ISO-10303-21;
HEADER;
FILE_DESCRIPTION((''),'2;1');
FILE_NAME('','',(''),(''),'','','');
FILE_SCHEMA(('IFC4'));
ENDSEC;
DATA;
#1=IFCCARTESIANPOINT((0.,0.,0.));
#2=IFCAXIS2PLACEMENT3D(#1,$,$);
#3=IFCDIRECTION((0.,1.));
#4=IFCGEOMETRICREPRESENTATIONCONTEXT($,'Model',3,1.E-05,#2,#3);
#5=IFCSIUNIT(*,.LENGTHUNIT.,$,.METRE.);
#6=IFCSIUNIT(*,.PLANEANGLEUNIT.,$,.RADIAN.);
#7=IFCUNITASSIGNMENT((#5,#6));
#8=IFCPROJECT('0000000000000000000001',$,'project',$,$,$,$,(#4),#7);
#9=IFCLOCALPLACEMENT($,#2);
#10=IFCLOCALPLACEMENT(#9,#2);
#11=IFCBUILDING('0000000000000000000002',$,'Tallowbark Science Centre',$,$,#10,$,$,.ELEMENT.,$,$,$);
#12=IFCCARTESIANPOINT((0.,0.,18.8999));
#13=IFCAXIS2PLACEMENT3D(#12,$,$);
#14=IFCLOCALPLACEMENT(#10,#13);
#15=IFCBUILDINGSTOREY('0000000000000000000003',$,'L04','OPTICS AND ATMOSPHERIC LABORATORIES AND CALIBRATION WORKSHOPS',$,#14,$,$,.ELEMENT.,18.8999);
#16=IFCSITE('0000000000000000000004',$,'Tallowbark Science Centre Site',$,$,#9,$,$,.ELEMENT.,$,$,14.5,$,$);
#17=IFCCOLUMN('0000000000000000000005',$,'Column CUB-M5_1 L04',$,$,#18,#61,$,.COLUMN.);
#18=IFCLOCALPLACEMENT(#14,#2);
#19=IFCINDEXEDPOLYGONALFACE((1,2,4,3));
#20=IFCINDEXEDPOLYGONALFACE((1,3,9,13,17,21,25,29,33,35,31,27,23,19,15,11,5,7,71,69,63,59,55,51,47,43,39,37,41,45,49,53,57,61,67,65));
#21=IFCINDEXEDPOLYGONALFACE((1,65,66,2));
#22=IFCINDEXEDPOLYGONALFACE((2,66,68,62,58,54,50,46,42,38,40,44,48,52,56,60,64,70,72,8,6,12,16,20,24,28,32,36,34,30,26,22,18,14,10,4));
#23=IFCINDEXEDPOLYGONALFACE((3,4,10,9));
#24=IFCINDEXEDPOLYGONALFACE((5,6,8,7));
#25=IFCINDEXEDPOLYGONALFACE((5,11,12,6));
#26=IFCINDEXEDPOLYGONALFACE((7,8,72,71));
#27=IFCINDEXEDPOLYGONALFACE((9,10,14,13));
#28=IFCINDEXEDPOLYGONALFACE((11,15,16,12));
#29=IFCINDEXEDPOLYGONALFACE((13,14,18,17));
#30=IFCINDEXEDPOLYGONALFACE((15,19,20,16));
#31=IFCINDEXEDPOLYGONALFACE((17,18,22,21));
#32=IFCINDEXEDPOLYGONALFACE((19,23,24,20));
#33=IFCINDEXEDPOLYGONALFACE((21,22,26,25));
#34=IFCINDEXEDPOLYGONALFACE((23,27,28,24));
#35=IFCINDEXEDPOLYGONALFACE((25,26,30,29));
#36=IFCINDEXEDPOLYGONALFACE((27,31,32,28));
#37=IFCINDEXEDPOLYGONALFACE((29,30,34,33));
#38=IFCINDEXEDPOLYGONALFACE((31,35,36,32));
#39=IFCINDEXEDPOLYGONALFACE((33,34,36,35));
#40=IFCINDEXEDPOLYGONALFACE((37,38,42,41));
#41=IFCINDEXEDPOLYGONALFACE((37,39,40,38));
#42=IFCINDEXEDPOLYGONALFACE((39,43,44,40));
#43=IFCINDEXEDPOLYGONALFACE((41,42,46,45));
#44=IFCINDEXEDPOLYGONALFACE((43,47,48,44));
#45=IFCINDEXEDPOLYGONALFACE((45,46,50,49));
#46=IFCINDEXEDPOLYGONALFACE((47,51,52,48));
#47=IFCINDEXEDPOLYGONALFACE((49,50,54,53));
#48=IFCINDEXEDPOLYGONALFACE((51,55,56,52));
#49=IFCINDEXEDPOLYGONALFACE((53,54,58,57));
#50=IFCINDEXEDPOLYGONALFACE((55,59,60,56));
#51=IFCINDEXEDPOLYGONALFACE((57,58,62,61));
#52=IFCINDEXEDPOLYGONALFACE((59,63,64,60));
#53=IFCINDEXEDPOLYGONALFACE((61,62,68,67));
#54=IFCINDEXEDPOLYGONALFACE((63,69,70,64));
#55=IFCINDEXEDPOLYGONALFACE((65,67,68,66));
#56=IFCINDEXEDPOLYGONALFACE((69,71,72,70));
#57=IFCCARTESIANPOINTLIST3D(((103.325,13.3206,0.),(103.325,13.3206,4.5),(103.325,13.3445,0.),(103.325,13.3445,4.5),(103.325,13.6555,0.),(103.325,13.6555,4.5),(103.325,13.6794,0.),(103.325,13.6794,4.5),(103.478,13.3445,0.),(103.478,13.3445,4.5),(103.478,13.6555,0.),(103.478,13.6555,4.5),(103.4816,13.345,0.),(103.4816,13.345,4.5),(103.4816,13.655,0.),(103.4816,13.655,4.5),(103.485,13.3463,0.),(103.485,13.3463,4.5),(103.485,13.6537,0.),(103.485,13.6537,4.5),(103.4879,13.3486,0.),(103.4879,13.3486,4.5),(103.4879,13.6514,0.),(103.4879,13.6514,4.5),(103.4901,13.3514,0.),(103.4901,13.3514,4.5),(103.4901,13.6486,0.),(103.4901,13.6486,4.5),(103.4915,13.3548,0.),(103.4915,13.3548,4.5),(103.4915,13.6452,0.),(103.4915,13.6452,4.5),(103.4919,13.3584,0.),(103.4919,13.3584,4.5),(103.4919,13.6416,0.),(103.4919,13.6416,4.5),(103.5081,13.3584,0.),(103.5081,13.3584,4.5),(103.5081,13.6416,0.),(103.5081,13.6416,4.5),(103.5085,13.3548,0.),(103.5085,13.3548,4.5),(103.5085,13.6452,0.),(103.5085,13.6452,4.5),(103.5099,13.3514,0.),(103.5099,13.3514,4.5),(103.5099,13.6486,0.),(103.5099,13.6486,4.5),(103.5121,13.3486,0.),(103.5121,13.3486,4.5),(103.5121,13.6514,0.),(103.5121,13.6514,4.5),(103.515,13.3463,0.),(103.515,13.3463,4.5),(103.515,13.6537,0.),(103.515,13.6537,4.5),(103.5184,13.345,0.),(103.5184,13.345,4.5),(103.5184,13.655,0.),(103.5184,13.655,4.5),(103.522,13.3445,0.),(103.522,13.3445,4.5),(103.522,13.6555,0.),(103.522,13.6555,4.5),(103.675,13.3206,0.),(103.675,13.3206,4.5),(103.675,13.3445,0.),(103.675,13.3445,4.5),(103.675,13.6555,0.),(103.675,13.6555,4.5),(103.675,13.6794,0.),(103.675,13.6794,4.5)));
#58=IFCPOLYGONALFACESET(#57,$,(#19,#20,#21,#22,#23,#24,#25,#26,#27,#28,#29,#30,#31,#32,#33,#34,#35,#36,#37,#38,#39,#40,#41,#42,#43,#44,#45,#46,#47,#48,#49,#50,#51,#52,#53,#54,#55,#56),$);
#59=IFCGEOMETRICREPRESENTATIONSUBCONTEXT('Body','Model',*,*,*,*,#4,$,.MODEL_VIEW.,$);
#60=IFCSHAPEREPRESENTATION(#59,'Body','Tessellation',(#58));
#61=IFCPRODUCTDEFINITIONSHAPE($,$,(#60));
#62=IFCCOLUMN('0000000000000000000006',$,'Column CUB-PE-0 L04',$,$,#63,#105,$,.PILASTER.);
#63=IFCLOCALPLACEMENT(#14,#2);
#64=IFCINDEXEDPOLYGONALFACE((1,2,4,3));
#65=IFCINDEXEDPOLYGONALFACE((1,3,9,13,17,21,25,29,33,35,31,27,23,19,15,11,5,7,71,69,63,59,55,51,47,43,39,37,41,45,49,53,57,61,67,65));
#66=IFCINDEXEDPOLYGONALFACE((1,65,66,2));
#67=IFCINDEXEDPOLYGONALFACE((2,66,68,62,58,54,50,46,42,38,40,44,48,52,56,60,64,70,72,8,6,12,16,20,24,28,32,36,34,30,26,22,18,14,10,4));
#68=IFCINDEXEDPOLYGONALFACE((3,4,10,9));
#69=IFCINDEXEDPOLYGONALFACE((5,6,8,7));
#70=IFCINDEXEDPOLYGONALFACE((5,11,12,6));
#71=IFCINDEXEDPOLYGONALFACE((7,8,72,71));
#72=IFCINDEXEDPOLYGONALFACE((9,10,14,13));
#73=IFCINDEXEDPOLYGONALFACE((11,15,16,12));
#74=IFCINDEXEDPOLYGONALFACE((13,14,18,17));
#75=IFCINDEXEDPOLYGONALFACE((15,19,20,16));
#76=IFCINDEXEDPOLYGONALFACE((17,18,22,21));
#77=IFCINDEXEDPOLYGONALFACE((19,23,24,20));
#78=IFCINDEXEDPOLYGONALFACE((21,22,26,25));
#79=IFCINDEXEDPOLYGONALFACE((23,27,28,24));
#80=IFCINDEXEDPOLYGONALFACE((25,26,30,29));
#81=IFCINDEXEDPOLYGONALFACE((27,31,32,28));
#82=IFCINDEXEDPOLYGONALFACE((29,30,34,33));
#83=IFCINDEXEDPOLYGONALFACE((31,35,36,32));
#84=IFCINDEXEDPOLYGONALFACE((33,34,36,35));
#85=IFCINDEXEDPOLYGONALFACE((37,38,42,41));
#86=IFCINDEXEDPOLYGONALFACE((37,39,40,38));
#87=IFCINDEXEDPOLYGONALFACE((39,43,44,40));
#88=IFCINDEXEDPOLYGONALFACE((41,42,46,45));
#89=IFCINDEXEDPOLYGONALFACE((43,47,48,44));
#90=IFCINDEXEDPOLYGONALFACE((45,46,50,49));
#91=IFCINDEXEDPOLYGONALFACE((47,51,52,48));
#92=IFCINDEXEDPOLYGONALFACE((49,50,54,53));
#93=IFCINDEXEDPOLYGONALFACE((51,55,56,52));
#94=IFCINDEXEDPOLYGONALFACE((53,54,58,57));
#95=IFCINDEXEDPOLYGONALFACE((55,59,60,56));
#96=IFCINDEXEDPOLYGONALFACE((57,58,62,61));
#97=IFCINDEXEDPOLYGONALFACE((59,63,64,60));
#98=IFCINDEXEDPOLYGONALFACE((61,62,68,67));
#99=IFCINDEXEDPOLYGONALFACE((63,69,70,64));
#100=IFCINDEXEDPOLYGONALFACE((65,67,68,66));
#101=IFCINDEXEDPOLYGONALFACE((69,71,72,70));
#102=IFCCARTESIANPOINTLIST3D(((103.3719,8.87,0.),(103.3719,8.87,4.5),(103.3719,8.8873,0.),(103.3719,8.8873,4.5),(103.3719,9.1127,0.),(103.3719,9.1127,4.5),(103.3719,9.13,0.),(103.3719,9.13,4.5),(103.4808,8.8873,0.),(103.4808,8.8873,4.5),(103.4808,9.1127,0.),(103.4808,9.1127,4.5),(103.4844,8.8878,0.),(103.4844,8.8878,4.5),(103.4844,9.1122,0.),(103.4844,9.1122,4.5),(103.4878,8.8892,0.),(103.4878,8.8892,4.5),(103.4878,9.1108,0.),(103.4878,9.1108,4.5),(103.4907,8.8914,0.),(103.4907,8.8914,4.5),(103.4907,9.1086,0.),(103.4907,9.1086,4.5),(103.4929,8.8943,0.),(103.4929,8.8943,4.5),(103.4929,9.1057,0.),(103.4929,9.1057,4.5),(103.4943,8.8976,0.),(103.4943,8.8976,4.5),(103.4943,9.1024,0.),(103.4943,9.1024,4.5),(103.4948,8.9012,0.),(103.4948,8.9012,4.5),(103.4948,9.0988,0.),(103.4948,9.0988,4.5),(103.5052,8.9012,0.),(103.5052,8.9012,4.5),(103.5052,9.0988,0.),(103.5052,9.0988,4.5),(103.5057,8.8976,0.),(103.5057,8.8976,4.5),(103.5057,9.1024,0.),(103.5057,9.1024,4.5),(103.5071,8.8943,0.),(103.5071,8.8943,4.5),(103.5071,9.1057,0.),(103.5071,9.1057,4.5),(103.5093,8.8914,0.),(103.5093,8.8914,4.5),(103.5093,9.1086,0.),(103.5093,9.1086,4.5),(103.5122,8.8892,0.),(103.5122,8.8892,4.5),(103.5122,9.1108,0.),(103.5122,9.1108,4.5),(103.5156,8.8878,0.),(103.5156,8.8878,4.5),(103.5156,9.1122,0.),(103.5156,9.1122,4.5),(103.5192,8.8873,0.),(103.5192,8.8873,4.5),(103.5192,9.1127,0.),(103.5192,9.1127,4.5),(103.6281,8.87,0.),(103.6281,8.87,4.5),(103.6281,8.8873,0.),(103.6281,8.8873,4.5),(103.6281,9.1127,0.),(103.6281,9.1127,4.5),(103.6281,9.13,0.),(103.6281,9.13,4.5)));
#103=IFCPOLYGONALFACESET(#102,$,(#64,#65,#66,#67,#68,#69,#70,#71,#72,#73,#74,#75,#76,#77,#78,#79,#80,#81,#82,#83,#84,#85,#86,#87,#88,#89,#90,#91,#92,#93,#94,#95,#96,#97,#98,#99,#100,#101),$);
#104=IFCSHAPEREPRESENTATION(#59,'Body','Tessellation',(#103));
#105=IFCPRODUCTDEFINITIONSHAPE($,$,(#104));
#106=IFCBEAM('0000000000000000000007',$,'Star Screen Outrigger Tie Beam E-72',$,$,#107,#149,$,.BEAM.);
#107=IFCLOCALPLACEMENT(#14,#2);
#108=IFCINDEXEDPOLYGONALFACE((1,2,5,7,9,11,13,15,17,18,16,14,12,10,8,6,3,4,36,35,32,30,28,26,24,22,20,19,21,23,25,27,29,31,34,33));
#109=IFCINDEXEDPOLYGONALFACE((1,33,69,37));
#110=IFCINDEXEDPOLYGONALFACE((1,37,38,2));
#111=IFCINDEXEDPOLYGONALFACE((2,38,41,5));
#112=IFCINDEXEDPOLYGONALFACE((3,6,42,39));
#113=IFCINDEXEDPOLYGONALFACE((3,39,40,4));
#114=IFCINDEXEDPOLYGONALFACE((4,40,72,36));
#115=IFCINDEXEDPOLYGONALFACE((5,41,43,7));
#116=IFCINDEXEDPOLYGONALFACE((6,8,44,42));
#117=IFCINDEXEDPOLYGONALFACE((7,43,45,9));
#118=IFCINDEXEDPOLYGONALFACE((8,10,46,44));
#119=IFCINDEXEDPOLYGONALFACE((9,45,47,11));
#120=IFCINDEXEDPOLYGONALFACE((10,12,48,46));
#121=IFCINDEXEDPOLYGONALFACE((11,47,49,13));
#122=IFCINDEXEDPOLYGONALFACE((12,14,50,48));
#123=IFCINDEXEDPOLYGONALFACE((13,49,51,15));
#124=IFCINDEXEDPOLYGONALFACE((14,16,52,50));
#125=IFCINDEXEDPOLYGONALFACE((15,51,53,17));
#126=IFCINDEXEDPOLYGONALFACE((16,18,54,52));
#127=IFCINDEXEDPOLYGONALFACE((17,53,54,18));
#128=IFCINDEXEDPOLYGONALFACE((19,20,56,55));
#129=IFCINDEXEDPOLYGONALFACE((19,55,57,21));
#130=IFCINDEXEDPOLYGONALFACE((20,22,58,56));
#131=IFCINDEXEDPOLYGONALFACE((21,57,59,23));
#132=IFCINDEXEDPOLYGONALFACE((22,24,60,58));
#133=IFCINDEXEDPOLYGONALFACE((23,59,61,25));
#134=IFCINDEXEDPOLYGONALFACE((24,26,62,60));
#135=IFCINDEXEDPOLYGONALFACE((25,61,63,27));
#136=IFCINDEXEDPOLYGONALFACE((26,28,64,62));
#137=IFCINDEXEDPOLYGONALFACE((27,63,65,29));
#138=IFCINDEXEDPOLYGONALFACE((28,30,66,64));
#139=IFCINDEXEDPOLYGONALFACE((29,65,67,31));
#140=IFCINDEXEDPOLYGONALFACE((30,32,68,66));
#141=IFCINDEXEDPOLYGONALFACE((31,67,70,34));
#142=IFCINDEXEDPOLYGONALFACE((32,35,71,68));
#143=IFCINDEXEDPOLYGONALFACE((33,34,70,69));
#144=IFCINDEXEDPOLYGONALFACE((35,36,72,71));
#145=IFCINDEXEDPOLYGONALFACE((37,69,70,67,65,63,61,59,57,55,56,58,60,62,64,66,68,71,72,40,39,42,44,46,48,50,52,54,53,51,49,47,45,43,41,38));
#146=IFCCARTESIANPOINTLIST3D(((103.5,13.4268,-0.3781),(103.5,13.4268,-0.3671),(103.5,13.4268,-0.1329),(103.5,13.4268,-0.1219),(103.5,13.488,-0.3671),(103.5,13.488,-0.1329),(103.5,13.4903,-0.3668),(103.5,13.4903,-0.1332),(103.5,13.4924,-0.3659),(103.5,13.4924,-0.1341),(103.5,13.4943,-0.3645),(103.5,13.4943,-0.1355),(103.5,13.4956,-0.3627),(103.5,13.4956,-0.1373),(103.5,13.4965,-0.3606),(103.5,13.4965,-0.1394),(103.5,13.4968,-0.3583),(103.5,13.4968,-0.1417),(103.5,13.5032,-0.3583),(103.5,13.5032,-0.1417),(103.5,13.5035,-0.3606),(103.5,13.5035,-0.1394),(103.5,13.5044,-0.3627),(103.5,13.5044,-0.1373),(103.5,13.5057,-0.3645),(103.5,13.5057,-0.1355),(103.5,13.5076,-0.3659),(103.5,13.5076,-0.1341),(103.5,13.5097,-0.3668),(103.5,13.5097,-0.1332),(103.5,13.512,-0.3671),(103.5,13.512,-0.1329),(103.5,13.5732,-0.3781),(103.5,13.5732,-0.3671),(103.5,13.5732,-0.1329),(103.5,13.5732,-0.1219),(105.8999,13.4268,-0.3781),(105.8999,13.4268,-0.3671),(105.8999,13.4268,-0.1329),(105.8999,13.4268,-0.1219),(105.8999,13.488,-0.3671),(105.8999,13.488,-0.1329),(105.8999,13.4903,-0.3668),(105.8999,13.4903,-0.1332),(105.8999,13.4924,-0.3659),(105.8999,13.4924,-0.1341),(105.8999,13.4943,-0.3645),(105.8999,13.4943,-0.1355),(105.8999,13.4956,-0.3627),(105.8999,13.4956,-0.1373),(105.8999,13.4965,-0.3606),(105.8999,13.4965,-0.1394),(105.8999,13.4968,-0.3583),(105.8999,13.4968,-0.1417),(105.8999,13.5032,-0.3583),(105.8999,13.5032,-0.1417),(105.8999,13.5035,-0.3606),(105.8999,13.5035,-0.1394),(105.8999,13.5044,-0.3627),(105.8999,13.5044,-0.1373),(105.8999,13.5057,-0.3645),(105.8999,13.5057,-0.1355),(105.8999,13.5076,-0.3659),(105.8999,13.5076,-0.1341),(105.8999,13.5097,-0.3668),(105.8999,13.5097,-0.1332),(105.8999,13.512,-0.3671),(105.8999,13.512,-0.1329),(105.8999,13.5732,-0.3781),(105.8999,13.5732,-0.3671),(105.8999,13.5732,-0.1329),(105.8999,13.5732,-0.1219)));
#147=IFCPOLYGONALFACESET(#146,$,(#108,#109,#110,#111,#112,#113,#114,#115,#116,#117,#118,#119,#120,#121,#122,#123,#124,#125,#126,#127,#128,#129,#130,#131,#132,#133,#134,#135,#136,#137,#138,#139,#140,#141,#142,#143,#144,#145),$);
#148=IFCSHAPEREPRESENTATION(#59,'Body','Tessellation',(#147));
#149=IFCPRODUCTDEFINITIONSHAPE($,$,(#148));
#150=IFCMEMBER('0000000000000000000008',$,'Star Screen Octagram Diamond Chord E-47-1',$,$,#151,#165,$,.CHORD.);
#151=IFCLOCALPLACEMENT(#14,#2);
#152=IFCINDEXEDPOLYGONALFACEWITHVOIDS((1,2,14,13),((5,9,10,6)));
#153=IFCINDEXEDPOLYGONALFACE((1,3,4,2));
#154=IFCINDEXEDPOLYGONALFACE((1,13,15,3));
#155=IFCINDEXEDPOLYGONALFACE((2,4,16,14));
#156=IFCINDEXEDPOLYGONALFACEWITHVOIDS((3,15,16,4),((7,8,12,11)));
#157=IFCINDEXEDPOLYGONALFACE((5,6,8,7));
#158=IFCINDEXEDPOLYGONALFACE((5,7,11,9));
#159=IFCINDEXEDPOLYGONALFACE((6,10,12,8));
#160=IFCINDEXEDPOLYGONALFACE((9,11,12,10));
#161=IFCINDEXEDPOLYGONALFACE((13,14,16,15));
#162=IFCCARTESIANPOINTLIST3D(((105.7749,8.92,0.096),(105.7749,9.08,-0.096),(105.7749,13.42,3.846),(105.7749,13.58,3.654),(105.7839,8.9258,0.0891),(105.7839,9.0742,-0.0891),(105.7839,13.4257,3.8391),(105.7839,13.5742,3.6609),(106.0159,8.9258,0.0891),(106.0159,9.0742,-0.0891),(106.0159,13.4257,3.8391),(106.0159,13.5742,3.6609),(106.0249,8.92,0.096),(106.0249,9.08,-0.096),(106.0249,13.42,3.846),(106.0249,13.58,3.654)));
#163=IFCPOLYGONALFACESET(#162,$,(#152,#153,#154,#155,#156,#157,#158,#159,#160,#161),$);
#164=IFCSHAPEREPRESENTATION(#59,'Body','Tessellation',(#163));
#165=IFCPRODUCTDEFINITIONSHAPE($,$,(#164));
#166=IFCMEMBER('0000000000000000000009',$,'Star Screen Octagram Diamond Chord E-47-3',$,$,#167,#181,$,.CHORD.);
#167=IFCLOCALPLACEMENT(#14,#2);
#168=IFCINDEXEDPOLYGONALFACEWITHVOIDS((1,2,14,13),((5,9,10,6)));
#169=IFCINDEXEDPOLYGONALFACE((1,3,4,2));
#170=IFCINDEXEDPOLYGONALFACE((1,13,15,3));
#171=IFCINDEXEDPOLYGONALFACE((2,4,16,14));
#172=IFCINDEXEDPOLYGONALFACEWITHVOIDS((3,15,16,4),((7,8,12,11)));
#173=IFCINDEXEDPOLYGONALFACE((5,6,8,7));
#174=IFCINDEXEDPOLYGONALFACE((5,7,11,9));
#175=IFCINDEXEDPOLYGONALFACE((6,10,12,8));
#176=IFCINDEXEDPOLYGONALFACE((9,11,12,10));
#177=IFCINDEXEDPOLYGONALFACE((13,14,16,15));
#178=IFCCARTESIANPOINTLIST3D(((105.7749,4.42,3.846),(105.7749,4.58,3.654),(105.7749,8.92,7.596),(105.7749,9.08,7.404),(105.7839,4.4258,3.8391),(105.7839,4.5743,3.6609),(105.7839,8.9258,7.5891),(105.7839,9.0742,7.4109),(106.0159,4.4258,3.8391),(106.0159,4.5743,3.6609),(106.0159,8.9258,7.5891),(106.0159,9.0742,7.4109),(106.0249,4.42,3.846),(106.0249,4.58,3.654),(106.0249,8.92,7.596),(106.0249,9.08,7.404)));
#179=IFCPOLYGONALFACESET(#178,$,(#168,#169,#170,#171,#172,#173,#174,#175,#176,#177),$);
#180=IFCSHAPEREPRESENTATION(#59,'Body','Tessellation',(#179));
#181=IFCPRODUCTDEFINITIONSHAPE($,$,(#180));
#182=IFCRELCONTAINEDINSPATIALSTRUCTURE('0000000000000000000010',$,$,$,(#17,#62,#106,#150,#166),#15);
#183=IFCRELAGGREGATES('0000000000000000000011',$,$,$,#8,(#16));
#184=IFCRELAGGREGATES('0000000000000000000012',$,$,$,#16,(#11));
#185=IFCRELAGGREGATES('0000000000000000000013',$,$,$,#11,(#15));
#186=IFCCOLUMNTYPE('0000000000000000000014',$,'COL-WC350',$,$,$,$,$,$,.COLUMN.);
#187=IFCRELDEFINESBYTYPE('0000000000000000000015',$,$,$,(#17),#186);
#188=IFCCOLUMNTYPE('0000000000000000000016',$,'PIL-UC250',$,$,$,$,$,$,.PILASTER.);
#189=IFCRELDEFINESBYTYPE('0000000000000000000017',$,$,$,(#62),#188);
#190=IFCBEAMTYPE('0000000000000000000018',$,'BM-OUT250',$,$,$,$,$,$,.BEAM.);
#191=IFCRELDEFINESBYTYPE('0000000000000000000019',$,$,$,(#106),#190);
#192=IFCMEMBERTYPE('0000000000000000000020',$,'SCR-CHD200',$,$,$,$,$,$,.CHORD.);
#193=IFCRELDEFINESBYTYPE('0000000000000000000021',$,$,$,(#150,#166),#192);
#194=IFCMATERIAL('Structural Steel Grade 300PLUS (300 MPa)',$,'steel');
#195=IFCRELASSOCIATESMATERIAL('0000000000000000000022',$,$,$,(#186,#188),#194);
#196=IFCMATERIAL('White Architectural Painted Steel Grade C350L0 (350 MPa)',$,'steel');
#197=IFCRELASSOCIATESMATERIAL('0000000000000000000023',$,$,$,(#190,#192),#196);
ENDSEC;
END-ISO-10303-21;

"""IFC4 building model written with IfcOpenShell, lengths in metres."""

from ifc_helpers import new_model, si_unit, direction, frame, origin, origin_2d, place, context, subcontext, project, spatial, hollow_rectangle, i_section, extrude, material, material_profile, profile_set, type_object, element, save


model = new_model("IFC4")

# Units and contexts
model_context = context("Model", 3, precision=1e-05, world=origin(), true_north=direction((0.0, 1.0)))
body_context = subcontext(model_context, "Body", "Model", "MODEL_VIEW")
ifc_project = project(units=[si_unit("LENGTHUNIT", "METRE"), si_unit("PLANEANGLEUNIT", "RADIAN")], contexts=[model_context])

# Site, building, storey
site_placement = place(None, origin())
site = spatial("IfcSite", under=ifc_project, at=site_placement, Name="Tallowbark Science Centre Site", CompositionType="ELEMENT", RefElevation=14.5)
building_placement = place(site_placement, origin())
building = spatial("IfcBuilding", under=site, at=building_placement, Name="Tallowbark Science Centre", CompositionType="ELEMENT")
storey_placement = place(building_placement, frame((0.0, 0.0, 18.8999)))
storey = spatial("IfcBuildingStorey", under=building, at=storey_placement, Name="L04", Description="OPTICS AND ATMOSPHERIC LABORATORIES AND CALIBRATION WORKSHOPS", CompositionType="ELEMENT", Elevation=18.8999)

# Columns
ifc_material_1 = material(Name="Structural Steel Grade 300PLUS (300 MPa)", Category="steel")
ifc_material_profile_1 = material_profile(ifc_material_1, i_section(OverallWidth=0.3501, OverallDepth=0.3589, WebThickness=0.0161, FlangeThickness=0.0239, FilletRadius=0.0139, at=origin_2d()), Name="350WC197")
ifc_profile_set_1 = profile_set([ifc_material_profile_1], Name="Structural Steel Grade 300PLUS (300 MPa)")
column_type_1 = type_object("IfcColumnType", Name="COL-WC350", PredefinedType="COLUMN", material=ifc_profile_set_1)
column_1_placement = place(storey_placement, frame((103.5, 13.5, 0.0), z_axis=(0.0, 0.0, 1.0), x_axis=(1.0, 0.0, 0.0)))
element("IfcColumn", 1, at=column_1_placement, inside=storey, type_object=column_type_1, Name="Column CUB-M5_1 L04", PredefinedType="COLUMN", context=body_context, shape_type="SweptSolid", body=[
    extrude(i_section(OverallWidth=0.3501, OverallDepth=0.3589, WebThickness=0.0161, FlangeThickness=0.0239, FilletRadius=0.0139, at=origin_2d()), origin(), (0.0, 0.0, 1.0), 4.5),
])
ifc_material_profile_2 = material_profile(ifc_material_1, i_section(OverallWidth=0.2561, OverallDepth=0.26, WebThickness=0.0105, FlangeThickness=0.0173, FilletRadius=0.0139, at=origin_2d()), Name="250UC89.5")
ifc_profile_set_2 = profile_set([ifc_material_profile_2], Name="Structural Steel Grade 300PLUS (300 MPa)")
column_type_2 = type_object("IfcColumnType", Name="PIL-UC250", PredefinedType="PILASTER", material=ifc_profile_set_2)
column_2_placement = place(storey_placement, frame((103.5, 9.0, 0.0), z_axis=(0.0, 0.0, 1.0), x_axis=(1.0, 0.0, 0.0)))
element("IfcColumn", 2, at=column_2_placement, inside=storey, type_object=column_type_2, Name="Column CUB-PE-0 L04", PredefinedType="PILASTER", context=body_context, shape_type="SweptSolid", body=[
    extrude(i_section(OverallWidth=0.2561, OverallDepth=0.26, WebThickness=0.0105, FlangeThickness=0.0173, FilletRadius=0.0139, at=origin_2d()), origin(), (0.0, 0.0, 1.0), 4.5),
])

# Beam
ifc_material_2 = material(Name="White Architectural Painted Steel Grade C350L0 (350 MPa)", Category="steel")
ifc_material_profile_3 = material_profile(ifc_material_2, i_section(OverallWidth=0.1465, OverallDepth=0.2561, WebThickness=0.0063, FlangeThickness=0.011, FilletRadius=0.0088, at=origin_2d()), Name="250UB37.3")
ifc_profile_set_3 = profile_set([ifc_material_profile_3], Name="White Architectural Painted Steel Grade C350L0 (350 MPa)")
beam_type_1 = type_object("IfcBeamType", Name="BM-OUT250", PredefinedType="BEAM", material=ifc_profile_set_3)
beam_placement = place(storey_placement, frame((103.5, 13.5, -0.25), z_axis=(1.0, 0.0, 0.0), x_axis=(0.0, 1.0, 0.0)))
element("IfcBeam", 3, at=beam_placement, inside=storey, type_object=beam_type_1, Name="Star Screen Outrigger Tie Beam E-72", PredefinedType="BEAM", context=body_context, shape_type="SweptSolid", body=[
    extrude(i_section(OverallWidth=0.1465, OverallDepth=0.2561, WebThickness=0.0063, FlangeThickness=0.011, FilletRadius=0.0088, at=origin_2d()), origin(), (0.0, 0.0, 1.0), 2.3999),
])

# Members
ifc_material_profile_4 = material_profile(ifc_material_2, hollow_rectangle(XDim=0.25, YDim=0.25, WallThickness=0.009, at=origin_2d()), Name="250x250x9.0SHS")
ifc_profile_set_4 = profile_set([ifc_material_profile_4], Name="White Architectural Painted Steel Grade C350L0 (350 MPa)")
member_type_1 = type_object("IfcMemberType", Name="SCR-CHD200", PredefinedType="CHORD", material=ifc_profile_set_4)
for number, where, z_axis, x_axis, name in (
    (4, (105.8999, 9.0, 0.0), (0.0, 0.768221, 0.640184), (-1.0, 0.0, 0.0), "Star Screen Octagram Diamond Chord E-47-1"),
    (5, (105.8999, 9.0, 7.5), (0.0, -0.768221, -0.640184), (1.0, 0.0, 0.0), "Star Screen Octagram Diamond Chord E-47-3"),
):
    element("IfcMember", number, at=place(storey_placement, frame(where, z_axis=z_axis, x_axis=x_axis)), inside=storey, type_object=member_type_1, Name=name, PredefinedType="CHORD", context=body_context, shape_type="SweptSolid", body=[
        extrude(hollow_rectangle(XDim=0.25, YDim=0.25, WallThickness=0.009, at=origin_2d()), origin(), (0.0, 0.0, 1.0), 5.8577),
    ])

save(model, "model.ifc")
